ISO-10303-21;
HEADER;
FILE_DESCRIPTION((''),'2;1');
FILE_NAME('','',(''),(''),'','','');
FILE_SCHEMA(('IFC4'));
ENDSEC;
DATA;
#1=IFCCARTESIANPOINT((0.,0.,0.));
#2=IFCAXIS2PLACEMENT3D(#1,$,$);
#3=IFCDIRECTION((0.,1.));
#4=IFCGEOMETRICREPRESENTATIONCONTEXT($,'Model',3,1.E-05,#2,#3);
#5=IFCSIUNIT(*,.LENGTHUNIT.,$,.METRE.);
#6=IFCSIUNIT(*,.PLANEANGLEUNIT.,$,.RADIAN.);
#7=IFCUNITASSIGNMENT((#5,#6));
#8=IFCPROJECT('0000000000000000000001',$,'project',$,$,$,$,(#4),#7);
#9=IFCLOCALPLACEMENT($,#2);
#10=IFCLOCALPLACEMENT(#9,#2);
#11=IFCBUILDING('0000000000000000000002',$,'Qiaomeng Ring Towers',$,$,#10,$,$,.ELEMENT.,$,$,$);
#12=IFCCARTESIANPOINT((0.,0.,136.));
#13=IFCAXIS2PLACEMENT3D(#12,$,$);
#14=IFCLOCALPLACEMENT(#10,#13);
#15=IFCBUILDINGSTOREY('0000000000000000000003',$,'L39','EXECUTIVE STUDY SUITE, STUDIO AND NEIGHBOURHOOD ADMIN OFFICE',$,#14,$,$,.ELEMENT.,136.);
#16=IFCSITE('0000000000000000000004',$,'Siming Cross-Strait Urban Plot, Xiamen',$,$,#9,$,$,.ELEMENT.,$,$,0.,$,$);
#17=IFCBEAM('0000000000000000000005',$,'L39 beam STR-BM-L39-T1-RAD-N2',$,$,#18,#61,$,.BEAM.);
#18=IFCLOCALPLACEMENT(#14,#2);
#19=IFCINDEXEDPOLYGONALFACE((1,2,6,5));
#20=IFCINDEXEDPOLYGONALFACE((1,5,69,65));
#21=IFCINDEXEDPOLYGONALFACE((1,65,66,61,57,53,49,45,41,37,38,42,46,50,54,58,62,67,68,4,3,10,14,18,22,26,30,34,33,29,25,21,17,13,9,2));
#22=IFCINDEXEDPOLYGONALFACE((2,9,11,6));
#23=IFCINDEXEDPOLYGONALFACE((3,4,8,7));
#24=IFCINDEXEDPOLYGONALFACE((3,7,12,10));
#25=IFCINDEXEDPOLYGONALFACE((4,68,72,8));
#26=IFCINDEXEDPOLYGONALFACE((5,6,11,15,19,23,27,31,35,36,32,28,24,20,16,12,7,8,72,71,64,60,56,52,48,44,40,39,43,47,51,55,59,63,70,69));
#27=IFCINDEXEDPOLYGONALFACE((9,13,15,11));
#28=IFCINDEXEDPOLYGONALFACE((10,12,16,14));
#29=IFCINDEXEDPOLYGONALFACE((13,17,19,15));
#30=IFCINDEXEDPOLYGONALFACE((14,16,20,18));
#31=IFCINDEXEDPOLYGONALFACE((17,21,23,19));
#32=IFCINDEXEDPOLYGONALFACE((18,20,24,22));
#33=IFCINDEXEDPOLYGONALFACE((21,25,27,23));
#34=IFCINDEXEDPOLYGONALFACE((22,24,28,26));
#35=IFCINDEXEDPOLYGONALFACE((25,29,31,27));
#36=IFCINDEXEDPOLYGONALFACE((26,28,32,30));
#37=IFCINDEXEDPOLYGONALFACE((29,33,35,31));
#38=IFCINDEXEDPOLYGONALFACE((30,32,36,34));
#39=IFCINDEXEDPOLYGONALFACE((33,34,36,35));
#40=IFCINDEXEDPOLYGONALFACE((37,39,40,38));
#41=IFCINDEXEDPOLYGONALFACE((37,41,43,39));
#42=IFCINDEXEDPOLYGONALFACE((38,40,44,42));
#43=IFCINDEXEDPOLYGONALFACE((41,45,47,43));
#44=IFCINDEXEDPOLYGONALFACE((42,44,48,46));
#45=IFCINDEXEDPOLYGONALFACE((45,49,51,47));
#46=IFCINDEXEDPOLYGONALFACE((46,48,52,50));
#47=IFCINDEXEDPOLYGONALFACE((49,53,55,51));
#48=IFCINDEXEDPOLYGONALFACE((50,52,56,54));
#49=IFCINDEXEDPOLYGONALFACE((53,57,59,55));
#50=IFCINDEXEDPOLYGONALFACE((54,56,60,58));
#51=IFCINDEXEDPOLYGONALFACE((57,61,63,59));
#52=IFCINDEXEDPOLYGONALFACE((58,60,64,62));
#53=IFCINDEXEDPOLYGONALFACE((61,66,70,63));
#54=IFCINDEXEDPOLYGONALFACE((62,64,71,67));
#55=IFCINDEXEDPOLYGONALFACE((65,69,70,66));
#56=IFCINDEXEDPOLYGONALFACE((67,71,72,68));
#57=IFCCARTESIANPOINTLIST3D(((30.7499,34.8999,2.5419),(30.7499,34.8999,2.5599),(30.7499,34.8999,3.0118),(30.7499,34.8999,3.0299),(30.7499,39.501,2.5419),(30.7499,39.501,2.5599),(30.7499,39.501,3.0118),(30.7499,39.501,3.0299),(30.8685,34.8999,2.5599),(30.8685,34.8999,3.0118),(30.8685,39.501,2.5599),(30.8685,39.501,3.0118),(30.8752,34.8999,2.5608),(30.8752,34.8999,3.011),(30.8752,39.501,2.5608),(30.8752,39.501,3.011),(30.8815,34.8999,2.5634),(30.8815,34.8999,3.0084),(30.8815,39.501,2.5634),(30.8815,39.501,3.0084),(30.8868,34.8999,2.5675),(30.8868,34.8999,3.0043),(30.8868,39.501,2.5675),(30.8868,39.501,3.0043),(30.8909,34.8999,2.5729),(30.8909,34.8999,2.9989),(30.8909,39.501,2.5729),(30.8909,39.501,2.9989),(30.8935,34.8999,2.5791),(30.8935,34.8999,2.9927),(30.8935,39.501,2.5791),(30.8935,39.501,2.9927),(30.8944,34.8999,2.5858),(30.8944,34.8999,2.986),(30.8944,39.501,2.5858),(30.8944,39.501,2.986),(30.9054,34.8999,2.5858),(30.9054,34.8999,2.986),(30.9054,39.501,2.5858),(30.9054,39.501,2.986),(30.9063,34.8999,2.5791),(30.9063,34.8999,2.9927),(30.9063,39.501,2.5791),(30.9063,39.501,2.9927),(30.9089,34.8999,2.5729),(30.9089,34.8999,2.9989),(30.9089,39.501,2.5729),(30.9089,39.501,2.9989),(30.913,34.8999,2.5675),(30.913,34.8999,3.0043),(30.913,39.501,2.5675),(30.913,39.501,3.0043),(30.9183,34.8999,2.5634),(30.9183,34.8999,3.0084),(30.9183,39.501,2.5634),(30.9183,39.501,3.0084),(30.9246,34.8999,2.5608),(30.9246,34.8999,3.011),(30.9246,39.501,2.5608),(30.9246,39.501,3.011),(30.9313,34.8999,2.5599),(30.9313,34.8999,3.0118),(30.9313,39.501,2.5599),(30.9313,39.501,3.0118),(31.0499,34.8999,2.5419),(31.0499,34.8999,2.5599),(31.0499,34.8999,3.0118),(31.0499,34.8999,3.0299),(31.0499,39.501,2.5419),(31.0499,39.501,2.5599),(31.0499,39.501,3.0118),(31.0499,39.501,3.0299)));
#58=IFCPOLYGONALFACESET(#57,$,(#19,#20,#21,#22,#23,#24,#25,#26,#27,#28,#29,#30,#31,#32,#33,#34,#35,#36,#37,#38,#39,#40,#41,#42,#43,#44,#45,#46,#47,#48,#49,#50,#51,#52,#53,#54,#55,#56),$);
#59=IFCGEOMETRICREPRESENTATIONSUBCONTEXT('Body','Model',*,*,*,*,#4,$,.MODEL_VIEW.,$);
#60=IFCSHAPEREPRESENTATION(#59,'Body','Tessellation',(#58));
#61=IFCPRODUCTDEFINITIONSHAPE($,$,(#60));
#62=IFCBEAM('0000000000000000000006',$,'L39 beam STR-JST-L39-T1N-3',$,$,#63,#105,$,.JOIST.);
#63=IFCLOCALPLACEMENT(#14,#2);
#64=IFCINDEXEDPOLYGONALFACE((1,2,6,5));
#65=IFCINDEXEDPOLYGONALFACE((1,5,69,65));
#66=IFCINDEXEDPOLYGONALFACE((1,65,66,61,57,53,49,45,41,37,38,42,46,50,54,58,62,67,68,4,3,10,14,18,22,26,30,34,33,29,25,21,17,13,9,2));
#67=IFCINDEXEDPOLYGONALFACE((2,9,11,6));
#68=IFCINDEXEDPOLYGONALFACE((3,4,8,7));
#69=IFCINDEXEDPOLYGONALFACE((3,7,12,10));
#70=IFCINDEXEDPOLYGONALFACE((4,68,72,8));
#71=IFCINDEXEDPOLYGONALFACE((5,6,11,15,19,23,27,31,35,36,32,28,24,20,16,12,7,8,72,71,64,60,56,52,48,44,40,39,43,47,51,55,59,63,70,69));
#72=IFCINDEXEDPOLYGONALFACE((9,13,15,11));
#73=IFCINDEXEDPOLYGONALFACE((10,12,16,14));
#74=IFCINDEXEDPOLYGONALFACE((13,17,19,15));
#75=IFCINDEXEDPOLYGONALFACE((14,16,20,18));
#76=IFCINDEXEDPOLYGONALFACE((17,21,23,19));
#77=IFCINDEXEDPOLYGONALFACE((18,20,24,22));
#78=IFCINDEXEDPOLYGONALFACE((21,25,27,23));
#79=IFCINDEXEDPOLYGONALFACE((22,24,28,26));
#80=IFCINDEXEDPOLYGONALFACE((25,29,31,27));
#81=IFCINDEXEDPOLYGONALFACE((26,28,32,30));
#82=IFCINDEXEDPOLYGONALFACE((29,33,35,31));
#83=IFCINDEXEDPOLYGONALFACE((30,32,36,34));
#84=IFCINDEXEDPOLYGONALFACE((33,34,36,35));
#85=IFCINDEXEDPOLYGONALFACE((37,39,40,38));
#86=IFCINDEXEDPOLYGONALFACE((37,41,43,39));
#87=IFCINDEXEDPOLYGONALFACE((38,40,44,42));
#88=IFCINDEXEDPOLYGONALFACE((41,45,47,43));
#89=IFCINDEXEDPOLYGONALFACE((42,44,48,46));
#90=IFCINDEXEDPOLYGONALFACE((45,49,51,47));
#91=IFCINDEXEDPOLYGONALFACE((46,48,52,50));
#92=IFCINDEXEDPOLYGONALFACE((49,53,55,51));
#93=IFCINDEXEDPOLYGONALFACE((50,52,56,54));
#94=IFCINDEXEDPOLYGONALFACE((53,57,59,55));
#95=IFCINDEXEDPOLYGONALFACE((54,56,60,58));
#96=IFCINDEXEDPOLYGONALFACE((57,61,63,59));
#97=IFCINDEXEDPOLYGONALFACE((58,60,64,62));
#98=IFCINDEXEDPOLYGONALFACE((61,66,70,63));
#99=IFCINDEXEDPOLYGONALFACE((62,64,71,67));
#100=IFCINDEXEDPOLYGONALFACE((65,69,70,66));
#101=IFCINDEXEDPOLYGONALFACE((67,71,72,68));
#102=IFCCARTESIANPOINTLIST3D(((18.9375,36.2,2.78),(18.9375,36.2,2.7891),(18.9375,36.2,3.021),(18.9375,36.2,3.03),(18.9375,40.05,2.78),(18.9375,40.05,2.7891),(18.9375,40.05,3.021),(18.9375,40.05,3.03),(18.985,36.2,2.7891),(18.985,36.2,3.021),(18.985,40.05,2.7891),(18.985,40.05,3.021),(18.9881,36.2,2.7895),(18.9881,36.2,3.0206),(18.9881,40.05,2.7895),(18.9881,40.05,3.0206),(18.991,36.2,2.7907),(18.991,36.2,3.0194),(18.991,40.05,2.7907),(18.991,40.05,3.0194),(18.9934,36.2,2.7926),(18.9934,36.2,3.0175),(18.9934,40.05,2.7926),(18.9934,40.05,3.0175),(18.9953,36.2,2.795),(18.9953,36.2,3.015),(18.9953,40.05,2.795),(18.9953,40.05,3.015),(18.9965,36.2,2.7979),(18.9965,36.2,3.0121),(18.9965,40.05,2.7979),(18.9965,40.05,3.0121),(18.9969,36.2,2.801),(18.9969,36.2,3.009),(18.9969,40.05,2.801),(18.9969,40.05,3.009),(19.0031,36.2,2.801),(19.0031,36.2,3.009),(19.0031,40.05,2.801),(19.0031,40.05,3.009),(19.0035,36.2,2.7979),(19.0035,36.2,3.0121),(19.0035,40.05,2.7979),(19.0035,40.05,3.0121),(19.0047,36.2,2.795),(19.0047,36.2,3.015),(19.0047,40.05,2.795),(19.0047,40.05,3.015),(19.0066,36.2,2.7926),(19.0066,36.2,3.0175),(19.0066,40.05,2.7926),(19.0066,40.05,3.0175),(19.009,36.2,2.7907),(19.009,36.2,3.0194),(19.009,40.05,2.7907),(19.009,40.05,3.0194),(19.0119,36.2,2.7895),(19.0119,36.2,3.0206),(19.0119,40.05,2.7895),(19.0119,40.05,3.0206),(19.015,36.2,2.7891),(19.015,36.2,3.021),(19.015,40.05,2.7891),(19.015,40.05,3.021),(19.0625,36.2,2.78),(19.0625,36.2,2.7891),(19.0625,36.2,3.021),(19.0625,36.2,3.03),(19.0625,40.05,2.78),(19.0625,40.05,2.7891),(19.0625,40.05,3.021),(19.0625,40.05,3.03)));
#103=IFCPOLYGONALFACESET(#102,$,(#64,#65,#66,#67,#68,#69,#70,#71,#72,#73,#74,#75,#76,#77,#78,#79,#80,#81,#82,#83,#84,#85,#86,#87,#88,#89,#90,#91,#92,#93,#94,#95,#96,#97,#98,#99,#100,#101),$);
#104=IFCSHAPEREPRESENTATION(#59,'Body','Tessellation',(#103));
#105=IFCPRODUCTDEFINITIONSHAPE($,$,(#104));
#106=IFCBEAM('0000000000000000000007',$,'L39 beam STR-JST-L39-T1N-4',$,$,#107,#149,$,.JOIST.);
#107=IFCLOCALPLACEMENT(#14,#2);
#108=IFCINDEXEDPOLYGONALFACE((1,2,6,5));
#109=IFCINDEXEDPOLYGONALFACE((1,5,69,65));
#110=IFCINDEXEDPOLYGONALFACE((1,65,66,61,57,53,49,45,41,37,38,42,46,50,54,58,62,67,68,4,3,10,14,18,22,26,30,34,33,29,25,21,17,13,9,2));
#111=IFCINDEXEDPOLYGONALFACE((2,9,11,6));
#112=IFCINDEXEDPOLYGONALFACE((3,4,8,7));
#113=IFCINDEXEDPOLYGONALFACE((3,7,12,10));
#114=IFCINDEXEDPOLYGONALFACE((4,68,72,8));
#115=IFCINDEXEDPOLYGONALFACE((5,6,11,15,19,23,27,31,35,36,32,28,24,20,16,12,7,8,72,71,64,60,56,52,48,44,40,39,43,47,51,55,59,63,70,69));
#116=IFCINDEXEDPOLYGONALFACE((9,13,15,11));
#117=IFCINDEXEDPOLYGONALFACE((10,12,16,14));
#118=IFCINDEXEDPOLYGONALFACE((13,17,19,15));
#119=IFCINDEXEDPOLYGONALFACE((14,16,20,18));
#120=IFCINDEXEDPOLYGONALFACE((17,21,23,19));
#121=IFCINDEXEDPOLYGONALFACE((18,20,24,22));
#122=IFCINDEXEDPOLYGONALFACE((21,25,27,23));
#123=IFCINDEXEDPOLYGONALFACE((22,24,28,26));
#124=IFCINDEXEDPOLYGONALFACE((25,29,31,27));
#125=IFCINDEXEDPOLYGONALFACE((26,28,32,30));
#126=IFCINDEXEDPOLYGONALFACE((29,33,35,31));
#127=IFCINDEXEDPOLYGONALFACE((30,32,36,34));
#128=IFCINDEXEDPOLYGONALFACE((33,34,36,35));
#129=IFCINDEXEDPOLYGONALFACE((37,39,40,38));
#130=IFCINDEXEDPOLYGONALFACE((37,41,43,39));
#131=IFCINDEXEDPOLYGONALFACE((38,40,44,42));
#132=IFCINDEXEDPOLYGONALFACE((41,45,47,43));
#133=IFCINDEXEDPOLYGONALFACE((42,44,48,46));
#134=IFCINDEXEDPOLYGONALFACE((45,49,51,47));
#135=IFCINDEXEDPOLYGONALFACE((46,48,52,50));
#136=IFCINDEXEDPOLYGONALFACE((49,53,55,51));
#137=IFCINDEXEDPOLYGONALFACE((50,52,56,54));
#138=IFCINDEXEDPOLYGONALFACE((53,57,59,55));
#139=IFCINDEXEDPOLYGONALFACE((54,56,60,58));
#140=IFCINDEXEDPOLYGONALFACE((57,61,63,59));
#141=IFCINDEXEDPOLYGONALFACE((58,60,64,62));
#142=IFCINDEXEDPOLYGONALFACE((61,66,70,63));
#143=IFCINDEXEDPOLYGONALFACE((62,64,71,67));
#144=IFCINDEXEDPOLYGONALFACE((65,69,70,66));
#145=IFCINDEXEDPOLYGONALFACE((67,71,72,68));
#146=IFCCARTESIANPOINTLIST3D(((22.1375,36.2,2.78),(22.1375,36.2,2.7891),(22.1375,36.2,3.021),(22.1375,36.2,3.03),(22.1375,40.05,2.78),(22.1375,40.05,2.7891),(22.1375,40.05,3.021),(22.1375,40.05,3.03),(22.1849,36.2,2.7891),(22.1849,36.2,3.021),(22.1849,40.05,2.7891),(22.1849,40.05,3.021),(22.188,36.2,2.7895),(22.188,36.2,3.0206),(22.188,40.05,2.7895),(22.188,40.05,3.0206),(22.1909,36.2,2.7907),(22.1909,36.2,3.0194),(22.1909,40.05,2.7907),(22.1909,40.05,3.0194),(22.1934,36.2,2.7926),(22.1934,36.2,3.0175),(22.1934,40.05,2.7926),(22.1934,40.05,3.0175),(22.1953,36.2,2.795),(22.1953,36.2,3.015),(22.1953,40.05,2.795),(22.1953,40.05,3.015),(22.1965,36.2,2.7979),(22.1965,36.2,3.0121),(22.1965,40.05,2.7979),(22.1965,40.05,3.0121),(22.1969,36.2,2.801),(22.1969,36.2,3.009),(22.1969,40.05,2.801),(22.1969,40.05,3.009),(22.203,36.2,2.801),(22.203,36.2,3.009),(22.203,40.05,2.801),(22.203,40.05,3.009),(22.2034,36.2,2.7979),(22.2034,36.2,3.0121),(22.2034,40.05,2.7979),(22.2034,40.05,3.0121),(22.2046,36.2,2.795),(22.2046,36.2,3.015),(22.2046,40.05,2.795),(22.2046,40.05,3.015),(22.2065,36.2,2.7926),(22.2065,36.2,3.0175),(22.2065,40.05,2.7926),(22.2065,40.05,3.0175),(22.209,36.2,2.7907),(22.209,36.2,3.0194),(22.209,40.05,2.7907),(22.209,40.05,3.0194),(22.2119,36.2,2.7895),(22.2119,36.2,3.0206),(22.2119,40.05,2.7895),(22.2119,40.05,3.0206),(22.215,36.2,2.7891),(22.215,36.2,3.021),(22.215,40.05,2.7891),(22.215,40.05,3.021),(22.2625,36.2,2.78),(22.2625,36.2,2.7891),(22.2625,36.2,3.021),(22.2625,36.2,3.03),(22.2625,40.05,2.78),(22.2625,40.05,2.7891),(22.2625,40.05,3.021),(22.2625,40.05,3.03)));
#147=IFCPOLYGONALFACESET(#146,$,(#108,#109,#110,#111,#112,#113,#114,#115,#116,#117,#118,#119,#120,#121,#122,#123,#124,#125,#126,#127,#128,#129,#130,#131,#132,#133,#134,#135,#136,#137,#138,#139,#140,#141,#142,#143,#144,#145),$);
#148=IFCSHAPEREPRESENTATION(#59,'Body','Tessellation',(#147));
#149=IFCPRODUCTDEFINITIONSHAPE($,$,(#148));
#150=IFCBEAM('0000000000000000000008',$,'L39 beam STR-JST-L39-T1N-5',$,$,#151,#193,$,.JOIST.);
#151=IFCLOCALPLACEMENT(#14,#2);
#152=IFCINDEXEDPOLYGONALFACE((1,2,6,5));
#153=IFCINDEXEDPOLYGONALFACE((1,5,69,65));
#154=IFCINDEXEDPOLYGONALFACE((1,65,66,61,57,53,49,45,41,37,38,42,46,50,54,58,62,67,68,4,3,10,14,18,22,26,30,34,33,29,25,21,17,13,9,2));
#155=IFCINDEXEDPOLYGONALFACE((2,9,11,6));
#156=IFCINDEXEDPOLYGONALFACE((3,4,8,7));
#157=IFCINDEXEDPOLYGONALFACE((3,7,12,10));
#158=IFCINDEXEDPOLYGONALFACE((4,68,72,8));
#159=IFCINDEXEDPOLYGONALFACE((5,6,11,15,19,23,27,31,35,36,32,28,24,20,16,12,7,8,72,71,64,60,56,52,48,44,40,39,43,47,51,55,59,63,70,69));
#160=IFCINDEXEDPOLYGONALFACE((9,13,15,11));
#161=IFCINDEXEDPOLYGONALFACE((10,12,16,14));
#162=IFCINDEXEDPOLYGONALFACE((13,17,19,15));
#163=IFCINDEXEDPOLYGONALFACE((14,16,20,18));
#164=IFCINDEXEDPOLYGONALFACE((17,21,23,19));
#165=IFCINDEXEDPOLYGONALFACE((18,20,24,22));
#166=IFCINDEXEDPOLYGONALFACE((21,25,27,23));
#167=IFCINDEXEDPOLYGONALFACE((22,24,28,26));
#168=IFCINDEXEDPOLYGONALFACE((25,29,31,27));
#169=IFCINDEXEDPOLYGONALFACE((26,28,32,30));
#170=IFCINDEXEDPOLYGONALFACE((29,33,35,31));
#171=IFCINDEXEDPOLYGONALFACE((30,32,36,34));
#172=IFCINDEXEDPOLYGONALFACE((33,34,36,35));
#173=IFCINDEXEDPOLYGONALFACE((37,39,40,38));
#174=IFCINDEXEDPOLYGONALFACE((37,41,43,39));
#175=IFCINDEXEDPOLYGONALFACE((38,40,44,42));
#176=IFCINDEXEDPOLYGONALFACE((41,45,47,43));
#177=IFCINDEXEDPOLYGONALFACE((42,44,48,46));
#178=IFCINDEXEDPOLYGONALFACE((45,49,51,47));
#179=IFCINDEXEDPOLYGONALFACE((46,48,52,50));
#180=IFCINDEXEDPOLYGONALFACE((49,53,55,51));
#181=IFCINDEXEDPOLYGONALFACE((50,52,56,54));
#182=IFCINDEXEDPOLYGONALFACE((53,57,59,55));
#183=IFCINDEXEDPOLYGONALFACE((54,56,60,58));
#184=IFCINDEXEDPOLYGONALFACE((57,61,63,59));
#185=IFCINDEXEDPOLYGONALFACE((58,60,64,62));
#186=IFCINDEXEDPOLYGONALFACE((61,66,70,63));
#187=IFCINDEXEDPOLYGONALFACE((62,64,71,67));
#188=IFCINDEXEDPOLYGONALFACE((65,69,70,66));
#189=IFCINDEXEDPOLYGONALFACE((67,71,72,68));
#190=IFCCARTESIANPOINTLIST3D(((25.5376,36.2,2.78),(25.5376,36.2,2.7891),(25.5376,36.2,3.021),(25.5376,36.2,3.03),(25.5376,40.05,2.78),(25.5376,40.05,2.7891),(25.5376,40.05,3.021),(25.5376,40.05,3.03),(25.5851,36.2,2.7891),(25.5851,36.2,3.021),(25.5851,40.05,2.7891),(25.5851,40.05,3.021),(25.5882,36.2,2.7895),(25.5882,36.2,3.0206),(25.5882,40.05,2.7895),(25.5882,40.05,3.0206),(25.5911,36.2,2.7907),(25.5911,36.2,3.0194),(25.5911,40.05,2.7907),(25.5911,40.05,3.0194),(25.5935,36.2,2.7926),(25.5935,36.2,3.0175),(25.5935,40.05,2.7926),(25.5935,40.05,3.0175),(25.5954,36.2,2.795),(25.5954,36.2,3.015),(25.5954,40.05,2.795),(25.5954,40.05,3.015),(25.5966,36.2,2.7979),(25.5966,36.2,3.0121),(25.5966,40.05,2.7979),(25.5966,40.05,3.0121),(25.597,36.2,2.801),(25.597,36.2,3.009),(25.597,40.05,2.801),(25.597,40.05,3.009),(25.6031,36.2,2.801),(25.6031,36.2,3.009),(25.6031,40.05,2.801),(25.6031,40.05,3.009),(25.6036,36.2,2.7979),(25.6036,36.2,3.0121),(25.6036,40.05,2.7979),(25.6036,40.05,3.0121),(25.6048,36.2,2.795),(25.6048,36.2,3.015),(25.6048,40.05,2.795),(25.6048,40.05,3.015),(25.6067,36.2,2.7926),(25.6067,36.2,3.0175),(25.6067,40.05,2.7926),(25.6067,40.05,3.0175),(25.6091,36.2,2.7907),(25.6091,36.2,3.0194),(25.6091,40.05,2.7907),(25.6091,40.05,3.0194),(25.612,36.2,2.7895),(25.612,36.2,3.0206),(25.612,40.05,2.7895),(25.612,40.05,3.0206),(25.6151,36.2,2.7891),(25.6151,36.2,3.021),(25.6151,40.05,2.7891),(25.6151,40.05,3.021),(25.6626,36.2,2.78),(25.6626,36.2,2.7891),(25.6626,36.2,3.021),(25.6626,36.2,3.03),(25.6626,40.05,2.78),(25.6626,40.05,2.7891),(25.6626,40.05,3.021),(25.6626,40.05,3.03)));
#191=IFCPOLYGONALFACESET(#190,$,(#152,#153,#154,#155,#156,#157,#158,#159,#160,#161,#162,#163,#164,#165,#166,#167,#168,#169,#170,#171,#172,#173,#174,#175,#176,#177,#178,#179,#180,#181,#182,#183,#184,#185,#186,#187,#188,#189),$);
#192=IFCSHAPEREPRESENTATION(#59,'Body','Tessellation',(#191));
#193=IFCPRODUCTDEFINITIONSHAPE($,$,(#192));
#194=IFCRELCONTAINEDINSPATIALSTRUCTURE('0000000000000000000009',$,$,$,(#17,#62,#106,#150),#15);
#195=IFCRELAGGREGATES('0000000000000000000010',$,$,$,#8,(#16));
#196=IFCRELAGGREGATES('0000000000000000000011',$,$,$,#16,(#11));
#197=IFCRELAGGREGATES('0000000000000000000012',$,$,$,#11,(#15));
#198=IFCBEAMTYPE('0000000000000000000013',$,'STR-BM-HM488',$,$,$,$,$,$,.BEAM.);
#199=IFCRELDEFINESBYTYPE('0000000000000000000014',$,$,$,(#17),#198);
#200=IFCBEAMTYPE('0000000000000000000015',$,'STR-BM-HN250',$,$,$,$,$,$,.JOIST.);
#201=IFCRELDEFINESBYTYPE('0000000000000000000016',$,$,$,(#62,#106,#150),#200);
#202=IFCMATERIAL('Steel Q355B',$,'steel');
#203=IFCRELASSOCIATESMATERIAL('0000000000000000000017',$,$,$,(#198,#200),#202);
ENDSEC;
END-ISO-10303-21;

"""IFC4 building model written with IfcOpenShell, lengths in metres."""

from ifc_helpers import new_model, si_unit, direction, frame, origin, origin_2d, place, context, subcontext, project, spatial, i_section, extrude, source, transform, mapped, material, material_profile, profile_set, type_object, element, save


model = new_model("IFC4")

# Units and contexts
model_context = context("Model", 3, precision=1e-05, world=origin(), true_north=direction((0.0, 1.0)))
body_context = subcontext(model_context, "Body", "Model", "MODEL_VIEW")
ifc_project = project(units=[si_unit("LENGTHUNIT", "METRE"), si_unit("PLANEANGLEUNIT", "RADIAN")], contexts=[model_context])

# Site, building, storey
site_placement = place(None, origin())
site = spatial("IfcSite", under=ifc_project, at=site_placement, Name="Siming Cross-Strait Urban Plot, Xiamen", CompositionType="ELEMENT", RefElevation=0.0)
building_placement = place(site_placement, origin())
building = spatial("IfcBuilding", under=site, at=building_placement, Name="Qiaomeng Ring Towers", CompositionType="ELEMENT")
storey_placement = place(building_placement, frame((0.0, 0.0, 136.0)))
storey = spatial("IfcBuildingStorey", under=building, at=storey_placement, Name="L39", Description="EXECUTIVE STUDY SUITE, STUDIO AND NEIGHBOURHOOD ADMIN OFFICE", CompositionType="ELEMENT", Elevation=136.0)

# Beams
ifc_material_1 = material(Name="Steel Q355B", Category="steel")
ifc_material_profile_1 = material_profile(ifc_material_1, i_section(OverallWidth=0.3, OverallDepth=0.488, WebThickness=0.011, FlangeThickness=0.0181, FilletRadius=0.0259, at=origin_2d()), Name="HM 488x300x11x18")
ifc_profile_set_1 = profile_set([ifc_material_profile_1], Name="Steel Q355B")
beam_type_1 = type_object("IfcBeamType", Name="STR-BM-HM488", PredefinedType="BEAM", material=ifc_profile_set_1)
shared_shape_1 = source(origin(), body_context, "Body", "SweptSolid", [
    extrude(i_section(OverallWidth=0.3, OverallDepth=0.488, WebThickness=0.011, FlangeThickness=0.0181, FilletRadius=0.0259, at=origin_2d()), origin(), (0.0, 0.0, 1.0), 4.6011),
])
beam_1_placement = place(storey_placement, frame((30.8999, 39.501, 2.7859), z_axis=(0.0, -1.0, 0.0), x_axis=(1.0, 0.0, 0.0)))
element("IfcBeam", 1, at=beam_1_placement, inside=storey, type_object=beam_type_1, Name="L39 beam STR-BM-L39-T1-RAD-N2", PredefinedType="BEAM", context=body_context, shape_type="MappedRepresentation", body=[
    mapped(shared_shape_1, transform((0.0, 0.0, 0.0), x_axis=(1.0, 0.0, 0.0), y_axis=(0.0, 1.0, 0.0), z_axis=(0.0, 0.0, 1.0), scale=1.0)),
])
ifc_material_profile_2 = material_profile(ifc_material_1, i_section(OverallWidth=0.125, OverallDepth=0.25, WebThickness=0.0061, FlangeThickness=0.009, FilletRadius=0.012, at=origin_2d()), Name="HN 250x125x6x9")
ifc_profile_set_2 = profile_set([ifc_material_profile_2], Name="Steel Q355B")
beam_type_2 = type_object("IfcBeamType", Name="STR-BM-HN250", PredefinedType="JOIST", material=ifc_profile_set_2)
shared_shape_2 = source(origin(), body_context, "Body", "SweptSolid", [
    extrude(i_section(OverallWidth=0.125, OverallDepth=0.25, WebThickness=0.0061, FlangeThickness=0.009, FilletRadius=0.012, at=origin_2d()), origin(), (0.0, 0.0, 1.0), 3.8501),
])
for number, where, z_axis, x_axis, name in (
    (2, (19.0, 36.2, 2.905), (0.0, 1.0, 0.0), (-1.0, 0.0, 0.0), "L39 beam STR-JST-L39-T1N-3"),
    (3, (22.2, 36.2, 2.905), (0.0, 1.0, 0.0), (-1.0, 0.0, 0.0), "L39 beam STR-JST-L39-T1N-4"),
    (4, (25.6001, 36.2, 2.905), (0.0, 1.0, 0.0), (-1.0, 0.0, 0.0), "L39 beam STR-JST-L39-T1N-5"),
):
    element("IfcBeam", number, at=place(storey_placement, frame(where, z_axis=z_axis, x_axis=x_axis)), inside=storey, type_object=beam_type_2, Name=name, PredefinedType="JOIST", context=body_context, shape_type="MappedRepresentation", body=[
        mapped(shared_shape_2, transform((0.0, 0.0, 0.0), x_axis=(1.0, 0.0, 0.0), y_axis=(0.0, 1.0, 0.0), z_axis=(0.0, 0.0, 1.0), scale=1.0)),
    ])

save(model, "model.ifc")
